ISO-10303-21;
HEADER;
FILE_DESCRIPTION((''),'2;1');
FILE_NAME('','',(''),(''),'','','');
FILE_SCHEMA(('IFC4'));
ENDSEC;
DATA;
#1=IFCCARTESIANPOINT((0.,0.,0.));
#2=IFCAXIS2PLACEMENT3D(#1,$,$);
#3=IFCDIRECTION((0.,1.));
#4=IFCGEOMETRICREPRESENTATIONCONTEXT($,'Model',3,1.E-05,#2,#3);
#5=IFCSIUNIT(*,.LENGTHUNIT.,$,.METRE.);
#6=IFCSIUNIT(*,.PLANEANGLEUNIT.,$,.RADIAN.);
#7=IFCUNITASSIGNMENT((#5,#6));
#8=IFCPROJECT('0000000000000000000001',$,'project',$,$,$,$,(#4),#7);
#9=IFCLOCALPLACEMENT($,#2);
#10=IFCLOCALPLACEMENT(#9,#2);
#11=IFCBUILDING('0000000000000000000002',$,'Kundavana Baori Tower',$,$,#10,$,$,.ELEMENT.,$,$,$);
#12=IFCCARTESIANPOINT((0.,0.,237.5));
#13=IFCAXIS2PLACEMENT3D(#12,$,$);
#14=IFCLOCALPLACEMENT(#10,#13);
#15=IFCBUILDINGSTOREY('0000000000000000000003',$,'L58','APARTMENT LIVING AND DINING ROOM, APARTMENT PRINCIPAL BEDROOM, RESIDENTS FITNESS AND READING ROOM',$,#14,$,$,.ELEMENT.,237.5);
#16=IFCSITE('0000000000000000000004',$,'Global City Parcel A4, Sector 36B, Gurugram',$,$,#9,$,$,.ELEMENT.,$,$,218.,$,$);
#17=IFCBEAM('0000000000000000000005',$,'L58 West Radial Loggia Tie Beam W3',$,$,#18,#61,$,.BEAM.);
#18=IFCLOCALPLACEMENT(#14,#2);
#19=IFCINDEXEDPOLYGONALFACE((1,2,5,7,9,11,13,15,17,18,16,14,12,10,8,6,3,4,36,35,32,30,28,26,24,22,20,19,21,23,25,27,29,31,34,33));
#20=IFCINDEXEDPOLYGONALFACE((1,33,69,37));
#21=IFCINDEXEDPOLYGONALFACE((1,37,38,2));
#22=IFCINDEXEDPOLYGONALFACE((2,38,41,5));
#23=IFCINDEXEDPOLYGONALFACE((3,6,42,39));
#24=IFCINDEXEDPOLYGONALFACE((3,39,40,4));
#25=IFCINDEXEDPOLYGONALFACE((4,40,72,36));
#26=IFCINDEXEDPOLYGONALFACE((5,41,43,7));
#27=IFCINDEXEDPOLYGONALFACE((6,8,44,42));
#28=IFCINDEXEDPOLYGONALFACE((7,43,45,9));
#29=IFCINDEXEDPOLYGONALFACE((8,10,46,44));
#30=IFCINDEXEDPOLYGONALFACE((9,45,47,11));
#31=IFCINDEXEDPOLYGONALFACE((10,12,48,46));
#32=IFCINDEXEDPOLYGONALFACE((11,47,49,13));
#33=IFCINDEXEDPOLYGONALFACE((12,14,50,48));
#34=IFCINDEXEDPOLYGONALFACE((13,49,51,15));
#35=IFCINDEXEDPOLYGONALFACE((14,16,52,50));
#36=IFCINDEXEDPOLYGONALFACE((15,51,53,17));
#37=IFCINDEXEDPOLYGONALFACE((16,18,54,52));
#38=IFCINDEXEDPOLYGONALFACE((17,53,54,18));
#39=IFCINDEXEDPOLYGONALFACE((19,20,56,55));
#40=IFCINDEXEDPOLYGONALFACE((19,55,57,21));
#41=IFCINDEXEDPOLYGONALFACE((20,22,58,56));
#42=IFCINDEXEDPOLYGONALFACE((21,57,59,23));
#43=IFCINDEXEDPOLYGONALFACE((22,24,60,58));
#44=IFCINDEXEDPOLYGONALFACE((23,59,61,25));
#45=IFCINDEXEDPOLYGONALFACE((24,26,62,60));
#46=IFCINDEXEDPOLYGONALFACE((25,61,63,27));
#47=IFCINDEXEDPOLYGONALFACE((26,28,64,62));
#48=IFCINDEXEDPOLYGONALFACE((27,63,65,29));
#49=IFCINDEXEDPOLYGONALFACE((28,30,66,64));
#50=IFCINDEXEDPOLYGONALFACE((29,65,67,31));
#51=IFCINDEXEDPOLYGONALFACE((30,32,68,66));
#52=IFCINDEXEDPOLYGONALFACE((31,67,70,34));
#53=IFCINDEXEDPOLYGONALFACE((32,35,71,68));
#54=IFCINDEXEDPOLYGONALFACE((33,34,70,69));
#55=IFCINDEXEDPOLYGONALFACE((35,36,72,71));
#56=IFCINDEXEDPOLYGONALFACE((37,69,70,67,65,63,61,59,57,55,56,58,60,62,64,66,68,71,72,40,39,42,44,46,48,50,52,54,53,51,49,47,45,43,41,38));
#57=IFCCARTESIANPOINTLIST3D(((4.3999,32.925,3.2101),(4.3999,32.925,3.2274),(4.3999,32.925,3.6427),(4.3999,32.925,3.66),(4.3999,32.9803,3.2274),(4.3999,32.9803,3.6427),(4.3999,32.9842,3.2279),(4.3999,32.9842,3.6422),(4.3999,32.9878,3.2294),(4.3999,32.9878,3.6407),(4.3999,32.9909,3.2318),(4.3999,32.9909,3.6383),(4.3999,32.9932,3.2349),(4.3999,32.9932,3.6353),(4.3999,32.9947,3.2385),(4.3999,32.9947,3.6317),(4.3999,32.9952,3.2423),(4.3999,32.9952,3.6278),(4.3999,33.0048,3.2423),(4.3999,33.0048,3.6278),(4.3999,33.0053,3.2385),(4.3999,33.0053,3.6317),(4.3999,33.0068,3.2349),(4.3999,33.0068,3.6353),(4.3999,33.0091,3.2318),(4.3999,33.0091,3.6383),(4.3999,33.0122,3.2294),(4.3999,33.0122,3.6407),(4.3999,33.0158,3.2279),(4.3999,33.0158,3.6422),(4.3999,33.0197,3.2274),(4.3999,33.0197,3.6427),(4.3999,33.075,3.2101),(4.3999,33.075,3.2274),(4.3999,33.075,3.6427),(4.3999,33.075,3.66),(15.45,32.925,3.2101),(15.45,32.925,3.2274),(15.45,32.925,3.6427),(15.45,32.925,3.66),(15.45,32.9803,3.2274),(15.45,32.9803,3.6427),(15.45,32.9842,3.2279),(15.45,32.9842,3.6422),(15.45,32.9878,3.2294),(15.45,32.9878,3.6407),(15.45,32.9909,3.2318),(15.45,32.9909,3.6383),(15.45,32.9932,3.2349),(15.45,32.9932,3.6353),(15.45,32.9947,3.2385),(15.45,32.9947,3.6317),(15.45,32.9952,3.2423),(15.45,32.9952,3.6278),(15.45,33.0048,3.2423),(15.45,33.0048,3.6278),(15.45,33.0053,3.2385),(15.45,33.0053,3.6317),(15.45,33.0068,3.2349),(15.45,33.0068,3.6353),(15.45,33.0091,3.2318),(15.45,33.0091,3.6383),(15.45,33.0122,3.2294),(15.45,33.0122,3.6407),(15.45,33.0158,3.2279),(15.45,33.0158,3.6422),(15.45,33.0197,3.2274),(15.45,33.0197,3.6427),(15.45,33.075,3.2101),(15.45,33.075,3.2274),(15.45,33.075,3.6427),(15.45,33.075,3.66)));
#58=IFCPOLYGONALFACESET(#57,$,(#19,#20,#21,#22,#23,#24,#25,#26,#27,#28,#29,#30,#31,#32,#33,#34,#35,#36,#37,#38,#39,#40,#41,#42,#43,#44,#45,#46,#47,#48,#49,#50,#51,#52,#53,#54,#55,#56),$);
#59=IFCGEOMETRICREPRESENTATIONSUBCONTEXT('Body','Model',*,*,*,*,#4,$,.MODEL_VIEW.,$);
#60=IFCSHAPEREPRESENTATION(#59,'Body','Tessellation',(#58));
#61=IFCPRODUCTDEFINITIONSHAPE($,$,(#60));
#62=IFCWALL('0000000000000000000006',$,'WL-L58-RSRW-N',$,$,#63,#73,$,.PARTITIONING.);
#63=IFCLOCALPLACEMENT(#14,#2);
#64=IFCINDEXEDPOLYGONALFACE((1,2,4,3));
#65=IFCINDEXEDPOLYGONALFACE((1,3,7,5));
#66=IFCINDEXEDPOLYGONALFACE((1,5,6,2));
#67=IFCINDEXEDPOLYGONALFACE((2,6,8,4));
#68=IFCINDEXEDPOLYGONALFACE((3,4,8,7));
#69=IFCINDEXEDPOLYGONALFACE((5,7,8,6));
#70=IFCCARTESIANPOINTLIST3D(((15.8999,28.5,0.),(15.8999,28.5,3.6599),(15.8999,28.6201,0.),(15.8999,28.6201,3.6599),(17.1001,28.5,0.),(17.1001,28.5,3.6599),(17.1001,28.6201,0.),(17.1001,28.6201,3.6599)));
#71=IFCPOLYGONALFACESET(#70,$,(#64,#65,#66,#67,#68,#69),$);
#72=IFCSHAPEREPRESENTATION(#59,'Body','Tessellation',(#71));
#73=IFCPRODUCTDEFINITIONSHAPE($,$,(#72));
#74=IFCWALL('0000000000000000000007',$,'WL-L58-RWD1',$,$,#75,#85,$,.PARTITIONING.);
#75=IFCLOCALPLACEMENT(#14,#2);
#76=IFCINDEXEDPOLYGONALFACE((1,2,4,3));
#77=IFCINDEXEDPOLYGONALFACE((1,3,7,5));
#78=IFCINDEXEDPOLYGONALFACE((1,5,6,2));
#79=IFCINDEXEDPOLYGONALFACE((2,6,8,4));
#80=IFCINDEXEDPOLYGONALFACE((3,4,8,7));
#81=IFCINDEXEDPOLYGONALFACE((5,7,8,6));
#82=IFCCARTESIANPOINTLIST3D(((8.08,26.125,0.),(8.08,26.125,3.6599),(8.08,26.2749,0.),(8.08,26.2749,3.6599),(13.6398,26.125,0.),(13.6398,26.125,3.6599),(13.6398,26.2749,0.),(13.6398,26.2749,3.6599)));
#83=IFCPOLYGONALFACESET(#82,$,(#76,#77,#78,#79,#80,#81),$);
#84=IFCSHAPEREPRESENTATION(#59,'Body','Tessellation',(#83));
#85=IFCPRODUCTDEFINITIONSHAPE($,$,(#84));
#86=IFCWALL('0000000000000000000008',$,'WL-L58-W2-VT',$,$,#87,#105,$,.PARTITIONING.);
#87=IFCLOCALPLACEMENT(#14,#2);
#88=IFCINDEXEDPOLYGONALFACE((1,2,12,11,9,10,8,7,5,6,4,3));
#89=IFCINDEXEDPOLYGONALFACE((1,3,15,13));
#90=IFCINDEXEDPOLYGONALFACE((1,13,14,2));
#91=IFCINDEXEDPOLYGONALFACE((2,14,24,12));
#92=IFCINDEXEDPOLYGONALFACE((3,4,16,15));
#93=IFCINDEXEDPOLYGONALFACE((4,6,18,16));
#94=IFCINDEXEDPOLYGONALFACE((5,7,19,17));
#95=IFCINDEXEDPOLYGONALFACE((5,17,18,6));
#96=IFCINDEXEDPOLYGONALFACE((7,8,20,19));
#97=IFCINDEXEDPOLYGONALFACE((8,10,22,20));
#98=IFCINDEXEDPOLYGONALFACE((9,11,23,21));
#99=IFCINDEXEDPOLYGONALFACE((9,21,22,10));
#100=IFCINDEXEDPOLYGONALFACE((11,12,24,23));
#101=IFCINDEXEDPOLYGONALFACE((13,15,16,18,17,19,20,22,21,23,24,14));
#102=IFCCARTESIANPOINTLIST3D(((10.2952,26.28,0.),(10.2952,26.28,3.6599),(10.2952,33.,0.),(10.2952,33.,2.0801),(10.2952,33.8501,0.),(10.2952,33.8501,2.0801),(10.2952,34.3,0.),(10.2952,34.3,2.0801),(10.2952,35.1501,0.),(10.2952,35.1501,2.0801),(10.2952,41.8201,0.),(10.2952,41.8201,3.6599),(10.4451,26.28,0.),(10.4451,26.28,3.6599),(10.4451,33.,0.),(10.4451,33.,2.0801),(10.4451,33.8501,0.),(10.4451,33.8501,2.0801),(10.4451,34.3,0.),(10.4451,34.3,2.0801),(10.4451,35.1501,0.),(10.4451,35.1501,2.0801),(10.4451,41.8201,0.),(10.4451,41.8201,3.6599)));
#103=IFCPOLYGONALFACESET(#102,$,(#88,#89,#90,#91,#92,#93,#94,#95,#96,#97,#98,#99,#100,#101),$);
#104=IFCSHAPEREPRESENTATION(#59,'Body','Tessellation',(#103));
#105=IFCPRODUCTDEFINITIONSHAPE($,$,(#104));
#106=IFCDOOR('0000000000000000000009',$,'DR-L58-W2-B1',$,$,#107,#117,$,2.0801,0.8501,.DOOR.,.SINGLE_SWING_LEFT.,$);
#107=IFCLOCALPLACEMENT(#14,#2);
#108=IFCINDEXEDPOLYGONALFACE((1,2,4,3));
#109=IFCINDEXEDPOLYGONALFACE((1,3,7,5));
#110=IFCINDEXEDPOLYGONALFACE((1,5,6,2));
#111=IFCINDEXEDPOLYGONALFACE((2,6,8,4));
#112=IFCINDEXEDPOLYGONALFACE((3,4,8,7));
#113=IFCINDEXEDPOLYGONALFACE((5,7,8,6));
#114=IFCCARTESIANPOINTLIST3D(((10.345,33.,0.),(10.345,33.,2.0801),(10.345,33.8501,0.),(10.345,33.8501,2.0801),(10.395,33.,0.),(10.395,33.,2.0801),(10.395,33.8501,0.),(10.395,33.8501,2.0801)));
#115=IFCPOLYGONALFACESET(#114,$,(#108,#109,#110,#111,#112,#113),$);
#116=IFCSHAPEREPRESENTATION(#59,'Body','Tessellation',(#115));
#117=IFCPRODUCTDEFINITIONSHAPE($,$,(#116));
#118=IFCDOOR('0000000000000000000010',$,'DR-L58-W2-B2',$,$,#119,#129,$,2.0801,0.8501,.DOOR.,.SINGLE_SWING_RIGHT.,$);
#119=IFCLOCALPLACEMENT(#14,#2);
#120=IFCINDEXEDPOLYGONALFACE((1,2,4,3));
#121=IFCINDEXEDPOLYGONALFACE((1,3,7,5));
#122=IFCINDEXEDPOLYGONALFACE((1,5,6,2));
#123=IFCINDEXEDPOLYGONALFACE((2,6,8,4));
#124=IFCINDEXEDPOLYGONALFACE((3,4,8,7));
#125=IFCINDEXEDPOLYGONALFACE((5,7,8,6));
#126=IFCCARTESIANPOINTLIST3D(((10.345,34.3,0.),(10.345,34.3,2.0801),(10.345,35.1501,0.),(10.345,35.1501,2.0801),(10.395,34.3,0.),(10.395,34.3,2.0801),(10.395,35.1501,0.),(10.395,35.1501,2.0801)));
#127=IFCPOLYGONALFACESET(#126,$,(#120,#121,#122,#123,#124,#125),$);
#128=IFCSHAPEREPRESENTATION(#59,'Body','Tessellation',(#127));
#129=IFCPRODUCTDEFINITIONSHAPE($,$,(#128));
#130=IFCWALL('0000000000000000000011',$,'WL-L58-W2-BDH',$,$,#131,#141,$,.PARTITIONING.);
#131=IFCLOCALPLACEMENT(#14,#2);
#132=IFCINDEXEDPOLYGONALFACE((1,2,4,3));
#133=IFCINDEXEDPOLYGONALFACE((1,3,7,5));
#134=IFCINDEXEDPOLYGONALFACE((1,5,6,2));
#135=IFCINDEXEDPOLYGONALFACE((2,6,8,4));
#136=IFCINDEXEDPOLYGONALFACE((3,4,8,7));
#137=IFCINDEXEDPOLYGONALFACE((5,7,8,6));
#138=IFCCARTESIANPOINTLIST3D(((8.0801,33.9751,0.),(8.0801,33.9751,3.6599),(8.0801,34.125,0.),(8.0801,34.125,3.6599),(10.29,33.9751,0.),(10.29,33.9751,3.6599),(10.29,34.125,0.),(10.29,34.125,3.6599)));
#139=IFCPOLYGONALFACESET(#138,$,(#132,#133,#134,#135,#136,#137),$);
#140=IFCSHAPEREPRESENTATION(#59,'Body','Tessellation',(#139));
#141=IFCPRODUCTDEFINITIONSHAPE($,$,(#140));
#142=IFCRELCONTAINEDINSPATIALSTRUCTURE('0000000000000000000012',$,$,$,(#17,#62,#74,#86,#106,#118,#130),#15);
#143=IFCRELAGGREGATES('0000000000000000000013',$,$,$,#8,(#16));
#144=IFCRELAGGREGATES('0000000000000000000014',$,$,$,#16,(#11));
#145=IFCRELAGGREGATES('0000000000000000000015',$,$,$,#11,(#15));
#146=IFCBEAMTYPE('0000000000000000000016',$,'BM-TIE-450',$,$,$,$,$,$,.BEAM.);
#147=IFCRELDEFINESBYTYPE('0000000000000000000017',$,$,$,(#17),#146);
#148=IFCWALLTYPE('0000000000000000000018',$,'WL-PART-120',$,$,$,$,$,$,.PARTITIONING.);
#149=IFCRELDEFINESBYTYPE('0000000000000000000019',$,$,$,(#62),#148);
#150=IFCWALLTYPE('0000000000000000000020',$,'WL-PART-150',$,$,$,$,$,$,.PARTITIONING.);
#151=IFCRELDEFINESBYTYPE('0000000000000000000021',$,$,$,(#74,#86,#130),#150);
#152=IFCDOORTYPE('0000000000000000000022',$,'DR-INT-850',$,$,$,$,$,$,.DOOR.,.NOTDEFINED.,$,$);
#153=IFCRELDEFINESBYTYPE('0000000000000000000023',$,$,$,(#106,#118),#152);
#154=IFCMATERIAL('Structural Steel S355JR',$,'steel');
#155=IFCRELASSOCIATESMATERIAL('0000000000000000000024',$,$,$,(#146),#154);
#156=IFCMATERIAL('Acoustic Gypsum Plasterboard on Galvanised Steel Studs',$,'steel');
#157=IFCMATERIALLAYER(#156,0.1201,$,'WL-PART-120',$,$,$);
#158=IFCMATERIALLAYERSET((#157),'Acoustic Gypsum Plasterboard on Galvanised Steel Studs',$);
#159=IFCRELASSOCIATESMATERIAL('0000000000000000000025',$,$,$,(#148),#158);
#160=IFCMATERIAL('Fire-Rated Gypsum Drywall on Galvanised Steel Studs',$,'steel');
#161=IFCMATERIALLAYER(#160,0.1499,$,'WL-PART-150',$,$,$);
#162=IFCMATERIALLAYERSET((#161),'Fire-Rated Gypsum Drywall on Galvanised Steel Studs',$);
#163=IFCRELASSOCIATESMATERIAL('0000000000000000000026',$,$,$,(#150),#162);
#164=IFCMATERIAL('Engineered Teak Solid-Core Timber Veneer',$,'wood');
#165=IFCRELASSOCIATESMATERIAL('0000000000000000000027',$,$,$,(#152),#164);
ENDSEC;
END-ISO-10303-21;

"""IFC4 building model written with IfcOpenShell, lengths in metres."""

from ifc_helpers import new_model, si_unit, direction, frame, frame_2d, origin, origin_2d, place, context, subcontext, project, spatial, rectangle, i_section, extrude, material, layer, layer_set, material_profile, profile_set, type_object, element, fill, save


model = new_model("IFC4")

# Units and contexts
model_context = context("Model", 3, precision=1e-05, world=origin(), true_north=direction((0.0, 1.0)))
body_context = subcontext(model_context, "Body", "Model", "MODEL_VIEW")
ifc_project = project(units=[si_unit("LENGTHUNIT", "METRE"), si_unit("PLANEANGLEUNIT", "RADIAN")], contexts=[model_context])

# Site, building, storey
site_placement = place(None, origin())
site = spatial("IfcSite", under=ifc_project, at=site_placement, Name="Global City Parcel A4, Sector 36B, Gurugram", CompositionType="ELEMENT", RefElevation=218.0)
building_placement = place(site_placement, origin())
building = spatial("IfcBuilding", under=site, at=building_placement, Name="Kundavana Baori Tower", CompositionType="ELEMENT")
storey_placement = place(building_placement, frame((0.0, 0.0, 237.5)))
storey = spatial("IfcBuildingStorey", under=building, at=storey_placement, Name="L58", Description="APARTMENT LIVING AND DINING ROOM, APARTMENT PRINCIPAL BEDROOM, RESIDENTS FITNESS AND READING ROOM", CompositionType="ELEMENT", Elevation=237.5)

# Beam
ifc_material_1 = material(Name="Structural Steel S355JR", Category="steel")
ifc_material_profile_1 = material_profile(ifc_material_1, i_section(OverallWidth=0.1499, OverallDepth=0.45, WebThickness=0.0095, FlangeThickness=0.0173, FilletRadius=0.0149, at=origin_2d()), Name="ISMB 450")
ifc_profile_set_1 = profile_set([ifc_material_profile_1], Name="Structural Steel S355JR")
beam_type_1 = type_object("IfcBeamType", Name="BM-TIE-450", PredefinedType="BEAM", material=ifc_profile_set_1)
for number, where, z_axis, x_axis, name in (
    (1, (15.45, 33.0, 3.4351), (-1.0, 0.0, 0.0), (0.0, -1.0, 0.0), "L58 West Radial Loggia Tie Beam W3"),
):
    element("IfcBeam", number, at=place(storey_placement, frame(where, z_axis=z_axis, x_axis=x_axis)), inside=storey, type_object=beam_type_1, Name=name, PredefinedType="BEAM", context=body_context, shape_type="SweptSolid", body=[
        extrude(i_section(OverallWidth=0.1499, OverallDepth=0.45, WebThickness=0.0095, FlangeThickness=0.0173, FilletRadius=0.0149, at=origin_2d()), origin(), (0.0, 0.0, 1.0), 11.05),
    ])

# Walls
ifc_material_2 = material(Name="Acoustic Gypsum Plasterboard on Galvanised Steel Studs", Category="steel")
ifc_layer_1 = layer(ifc_material_2, 0.1201, Name="WL-PART-120")
ifc_layer_set_1 = layer_set([ifc_layer_1], Name="Acoustic Gypsum Plasterboard on Galvanised Steel Studs")
wall_type_1 = type_object("IfcWallType", Name="WL-PART-120", PredefinedType="PARTITIONING", material=ifc_layer_set_1)
wall_1_placement = place(storey_placement, frame((15.8999, 28.5601, 0.0), z_axis=(0.0, 0.0, 1.0), x_axis=(1.0, 0.0, 0.0)))
element("IfcWall", 2, at=wall_1_placement, inside=storey, type_object=wall_type_1, Name="WL-L58-RSRW-N", PredefinedType="PARTITIONING", context=body_context, shape_type="SweptSolid", body=[
    extrude(rectangle(XDim=1.2002, YDim=0.1201, at=frame_2d((0.6001, 0.0))), origin(), (0.0, 0.0, 1.0), 3.6599),
])
ifc_material_3 = material(Name="Fire-Rated Gypsum Drywall on Galvanised Steel Studs", Category="steel")
ifc_layer_2 = layer(ifc_material_3, 0.1499, Name="WL-PART-150")
ifc_layer_set_2 = layer_set([ifc_layer_2], Name="Fire-Rated Gypsum Drywall on Galvanised Steel Studs")
wall_type_2 = type_object("IfcWallType", Name="WL-PART-150", PredefinedType="PARTITIONING", material=ifc_layer_set_2)
wall_2_placement = place(storey_placement, frame((8.0801, 26.2, 0.0), z_axis=(0.0, 0.0, 1.0), x_axis=(1.0, 0.0, 0.0)))
element("IfcWall", 3, at=wall_2_placement, inside=storey, type_object=wall_type_2, Name="WL-L58-RWD1", PredefinedType="PARTITIONING", context=body_context, shape_type="SweptSolid", body=[
    extrude(rectangle(XDim=5.5598, YDim=0.1499, at=frame_2d((2.7798, 0.0))), origin(), (0.0, 0.0, 1.0), 3.6599),
])

# Wall, openings, doors
wall_3_placement = place(storey_placement, frame((10.3701, 26.28, 0.0), z_axis=(0.0, 0.0, 1.0), x_axis=(0.0, 1.0, 0.0)))
wall_3 = element("IfcWall", 4, at=wall_3_placement, inside=storey, type_object=wall_type_2, Name="WL-L58-W2-VT", PredefinedType="PARTITIONING", context=body_context, shape_type="SweptSolid", body=[
    extrude(rectangle(XDim=15.54, YDim=0.1499, at=frame_2d((7.77, 0.0))), origin(), (0.0, 0.0, 1.0), 3.6599),
])
opening_1_placement = place(wall_3_placement, frame((6.72, 0.0, 0.0)))
opening_1 = element("IfcOpeningElement", 5, at=opening_1_placement, cuts=wall_3, PredefinedType="OPENING", context=body_context, shape_type="SweptSolid", body=[
    extrude(rectangle(XDim=0.8501, YDim=2.0801, at=frame_2d((0.425, 1.04))), frame((0.0, 0.085, 0.0), z_axis=(0.0, -1.0, 0.0), x_axis=(1.0, 0.0, 0.0)), (0.0, 0.0, 1.0), 0.1699),
])
opening_2_placement = place(wall_3_placement, frame((8.02, 0.0, 0.0)))
opening_2 = element("IfcOpeningElement", 6, at=opening_2_placement, cuts=wall_3, PredefinedType="OPENING", context=body_context, shape_type="SweptSolid", body=[
    extrude(rectangle(XDim=0.8501, YDim=2.0801, at=frame_2d((0.425, 1.04))), frame((0.0, 0.085, 0.0), z_axis=(0.0, -1.0, 0.0), x_axis=(1.0, 0.0, 0.0)), (0.0, 0.0, 1.0), 0.1699),
])
ifc_material_4 = material(Name="Engineered Teak Solid-Core Timber Veneer", Category="wood")
door_type_1 = type_object("IfcDoorType", Name="DR-INT-850", OperationType="NOTDEFINED", PredefinedType="DOOR", material=ifc_material_4)
door_1_placement = place(opening_1_placement, frame((0.8501, 0.0, 0.0), z_axis=(0.0, 0.0, 1.0), x_axis=(-1.0, 0.0, 0.0)))
door_1 = element("IfcDoor", 7, at=door_1_placement, inside=storey, type_object=door_type_1, Name="DR-L58-W2-B1", OperationType="SINGLE_SWING_LEFT", OverallHeight=2.0801, OverallWidth=0.8501, PredefinedType="DOOR", context=body_context, shape_type="SweptSolid", body=[
    extrude(rectangle(XDim=0.8501, YDim=2.0801, at=frame_2d((0.425, 1.04))), frame((0.0, 0.0249, 0.0), z_axis=(0.0, -1.0, 0.0), x_axis=(1.0, 0.0, 0.0)), (0.0, 0.0, 1.0), 0.05),
])
fill(opening_1, door_1)
door_2_placement = place(opening_2_placement, frame((0.8501, 0.0, 0.0), z_axis=(0.0, 0.0, 1.0), x_axis=(-1.0, 0.0, 0.0)))
door_2 = element("IfcDoor", 8, at=door_2_placement, inside=storey, type_object=door_type_1, Name="DR-L58-W2-B2", OperationType="SINGLE_SWING_RIGHT", OverallHeight=2.0801, OverallWidth=0.8501, PredefinedType="DOOR", context=body_context, shape_type="SweptSolid", body=[
    extrude(rectangle(XDim=0.8501, YDim=2.0801, at=frame_2d((0.425, 1.04))), frame((0.0, 0.0249, 0.0), z_axis=(0.0, -1.0, 0.0), x_axis=(1.0, 0.0, 0.0)), (0.0, 0.0, 1.0), 0.05),
])
fill(opening_2, door_2)

# Wall
wall_4_placement = place(storey_placement, frame((8.0801, 34.05, 0.0), z_axis=(0.0, 0.0, 1.0), x_axis=(1.0, 0.0, 0.0)))
element("IfcWall", 9, at=wall_4_placement, inside=storey, type_object=wall_type_2, Name="WL-L58-W2-BDH", PredefinedType="PARTITIONING", context=body_context, shape_type="SweptSolid", body=[
    extrude(rectangle(XDim=2.21, YDim=0.1499, at=frame_2d((1.105, 0.0))), origin(), (0.0, 0.0, 1.0), 3.6599),
])

save(model, "model.ifc")
